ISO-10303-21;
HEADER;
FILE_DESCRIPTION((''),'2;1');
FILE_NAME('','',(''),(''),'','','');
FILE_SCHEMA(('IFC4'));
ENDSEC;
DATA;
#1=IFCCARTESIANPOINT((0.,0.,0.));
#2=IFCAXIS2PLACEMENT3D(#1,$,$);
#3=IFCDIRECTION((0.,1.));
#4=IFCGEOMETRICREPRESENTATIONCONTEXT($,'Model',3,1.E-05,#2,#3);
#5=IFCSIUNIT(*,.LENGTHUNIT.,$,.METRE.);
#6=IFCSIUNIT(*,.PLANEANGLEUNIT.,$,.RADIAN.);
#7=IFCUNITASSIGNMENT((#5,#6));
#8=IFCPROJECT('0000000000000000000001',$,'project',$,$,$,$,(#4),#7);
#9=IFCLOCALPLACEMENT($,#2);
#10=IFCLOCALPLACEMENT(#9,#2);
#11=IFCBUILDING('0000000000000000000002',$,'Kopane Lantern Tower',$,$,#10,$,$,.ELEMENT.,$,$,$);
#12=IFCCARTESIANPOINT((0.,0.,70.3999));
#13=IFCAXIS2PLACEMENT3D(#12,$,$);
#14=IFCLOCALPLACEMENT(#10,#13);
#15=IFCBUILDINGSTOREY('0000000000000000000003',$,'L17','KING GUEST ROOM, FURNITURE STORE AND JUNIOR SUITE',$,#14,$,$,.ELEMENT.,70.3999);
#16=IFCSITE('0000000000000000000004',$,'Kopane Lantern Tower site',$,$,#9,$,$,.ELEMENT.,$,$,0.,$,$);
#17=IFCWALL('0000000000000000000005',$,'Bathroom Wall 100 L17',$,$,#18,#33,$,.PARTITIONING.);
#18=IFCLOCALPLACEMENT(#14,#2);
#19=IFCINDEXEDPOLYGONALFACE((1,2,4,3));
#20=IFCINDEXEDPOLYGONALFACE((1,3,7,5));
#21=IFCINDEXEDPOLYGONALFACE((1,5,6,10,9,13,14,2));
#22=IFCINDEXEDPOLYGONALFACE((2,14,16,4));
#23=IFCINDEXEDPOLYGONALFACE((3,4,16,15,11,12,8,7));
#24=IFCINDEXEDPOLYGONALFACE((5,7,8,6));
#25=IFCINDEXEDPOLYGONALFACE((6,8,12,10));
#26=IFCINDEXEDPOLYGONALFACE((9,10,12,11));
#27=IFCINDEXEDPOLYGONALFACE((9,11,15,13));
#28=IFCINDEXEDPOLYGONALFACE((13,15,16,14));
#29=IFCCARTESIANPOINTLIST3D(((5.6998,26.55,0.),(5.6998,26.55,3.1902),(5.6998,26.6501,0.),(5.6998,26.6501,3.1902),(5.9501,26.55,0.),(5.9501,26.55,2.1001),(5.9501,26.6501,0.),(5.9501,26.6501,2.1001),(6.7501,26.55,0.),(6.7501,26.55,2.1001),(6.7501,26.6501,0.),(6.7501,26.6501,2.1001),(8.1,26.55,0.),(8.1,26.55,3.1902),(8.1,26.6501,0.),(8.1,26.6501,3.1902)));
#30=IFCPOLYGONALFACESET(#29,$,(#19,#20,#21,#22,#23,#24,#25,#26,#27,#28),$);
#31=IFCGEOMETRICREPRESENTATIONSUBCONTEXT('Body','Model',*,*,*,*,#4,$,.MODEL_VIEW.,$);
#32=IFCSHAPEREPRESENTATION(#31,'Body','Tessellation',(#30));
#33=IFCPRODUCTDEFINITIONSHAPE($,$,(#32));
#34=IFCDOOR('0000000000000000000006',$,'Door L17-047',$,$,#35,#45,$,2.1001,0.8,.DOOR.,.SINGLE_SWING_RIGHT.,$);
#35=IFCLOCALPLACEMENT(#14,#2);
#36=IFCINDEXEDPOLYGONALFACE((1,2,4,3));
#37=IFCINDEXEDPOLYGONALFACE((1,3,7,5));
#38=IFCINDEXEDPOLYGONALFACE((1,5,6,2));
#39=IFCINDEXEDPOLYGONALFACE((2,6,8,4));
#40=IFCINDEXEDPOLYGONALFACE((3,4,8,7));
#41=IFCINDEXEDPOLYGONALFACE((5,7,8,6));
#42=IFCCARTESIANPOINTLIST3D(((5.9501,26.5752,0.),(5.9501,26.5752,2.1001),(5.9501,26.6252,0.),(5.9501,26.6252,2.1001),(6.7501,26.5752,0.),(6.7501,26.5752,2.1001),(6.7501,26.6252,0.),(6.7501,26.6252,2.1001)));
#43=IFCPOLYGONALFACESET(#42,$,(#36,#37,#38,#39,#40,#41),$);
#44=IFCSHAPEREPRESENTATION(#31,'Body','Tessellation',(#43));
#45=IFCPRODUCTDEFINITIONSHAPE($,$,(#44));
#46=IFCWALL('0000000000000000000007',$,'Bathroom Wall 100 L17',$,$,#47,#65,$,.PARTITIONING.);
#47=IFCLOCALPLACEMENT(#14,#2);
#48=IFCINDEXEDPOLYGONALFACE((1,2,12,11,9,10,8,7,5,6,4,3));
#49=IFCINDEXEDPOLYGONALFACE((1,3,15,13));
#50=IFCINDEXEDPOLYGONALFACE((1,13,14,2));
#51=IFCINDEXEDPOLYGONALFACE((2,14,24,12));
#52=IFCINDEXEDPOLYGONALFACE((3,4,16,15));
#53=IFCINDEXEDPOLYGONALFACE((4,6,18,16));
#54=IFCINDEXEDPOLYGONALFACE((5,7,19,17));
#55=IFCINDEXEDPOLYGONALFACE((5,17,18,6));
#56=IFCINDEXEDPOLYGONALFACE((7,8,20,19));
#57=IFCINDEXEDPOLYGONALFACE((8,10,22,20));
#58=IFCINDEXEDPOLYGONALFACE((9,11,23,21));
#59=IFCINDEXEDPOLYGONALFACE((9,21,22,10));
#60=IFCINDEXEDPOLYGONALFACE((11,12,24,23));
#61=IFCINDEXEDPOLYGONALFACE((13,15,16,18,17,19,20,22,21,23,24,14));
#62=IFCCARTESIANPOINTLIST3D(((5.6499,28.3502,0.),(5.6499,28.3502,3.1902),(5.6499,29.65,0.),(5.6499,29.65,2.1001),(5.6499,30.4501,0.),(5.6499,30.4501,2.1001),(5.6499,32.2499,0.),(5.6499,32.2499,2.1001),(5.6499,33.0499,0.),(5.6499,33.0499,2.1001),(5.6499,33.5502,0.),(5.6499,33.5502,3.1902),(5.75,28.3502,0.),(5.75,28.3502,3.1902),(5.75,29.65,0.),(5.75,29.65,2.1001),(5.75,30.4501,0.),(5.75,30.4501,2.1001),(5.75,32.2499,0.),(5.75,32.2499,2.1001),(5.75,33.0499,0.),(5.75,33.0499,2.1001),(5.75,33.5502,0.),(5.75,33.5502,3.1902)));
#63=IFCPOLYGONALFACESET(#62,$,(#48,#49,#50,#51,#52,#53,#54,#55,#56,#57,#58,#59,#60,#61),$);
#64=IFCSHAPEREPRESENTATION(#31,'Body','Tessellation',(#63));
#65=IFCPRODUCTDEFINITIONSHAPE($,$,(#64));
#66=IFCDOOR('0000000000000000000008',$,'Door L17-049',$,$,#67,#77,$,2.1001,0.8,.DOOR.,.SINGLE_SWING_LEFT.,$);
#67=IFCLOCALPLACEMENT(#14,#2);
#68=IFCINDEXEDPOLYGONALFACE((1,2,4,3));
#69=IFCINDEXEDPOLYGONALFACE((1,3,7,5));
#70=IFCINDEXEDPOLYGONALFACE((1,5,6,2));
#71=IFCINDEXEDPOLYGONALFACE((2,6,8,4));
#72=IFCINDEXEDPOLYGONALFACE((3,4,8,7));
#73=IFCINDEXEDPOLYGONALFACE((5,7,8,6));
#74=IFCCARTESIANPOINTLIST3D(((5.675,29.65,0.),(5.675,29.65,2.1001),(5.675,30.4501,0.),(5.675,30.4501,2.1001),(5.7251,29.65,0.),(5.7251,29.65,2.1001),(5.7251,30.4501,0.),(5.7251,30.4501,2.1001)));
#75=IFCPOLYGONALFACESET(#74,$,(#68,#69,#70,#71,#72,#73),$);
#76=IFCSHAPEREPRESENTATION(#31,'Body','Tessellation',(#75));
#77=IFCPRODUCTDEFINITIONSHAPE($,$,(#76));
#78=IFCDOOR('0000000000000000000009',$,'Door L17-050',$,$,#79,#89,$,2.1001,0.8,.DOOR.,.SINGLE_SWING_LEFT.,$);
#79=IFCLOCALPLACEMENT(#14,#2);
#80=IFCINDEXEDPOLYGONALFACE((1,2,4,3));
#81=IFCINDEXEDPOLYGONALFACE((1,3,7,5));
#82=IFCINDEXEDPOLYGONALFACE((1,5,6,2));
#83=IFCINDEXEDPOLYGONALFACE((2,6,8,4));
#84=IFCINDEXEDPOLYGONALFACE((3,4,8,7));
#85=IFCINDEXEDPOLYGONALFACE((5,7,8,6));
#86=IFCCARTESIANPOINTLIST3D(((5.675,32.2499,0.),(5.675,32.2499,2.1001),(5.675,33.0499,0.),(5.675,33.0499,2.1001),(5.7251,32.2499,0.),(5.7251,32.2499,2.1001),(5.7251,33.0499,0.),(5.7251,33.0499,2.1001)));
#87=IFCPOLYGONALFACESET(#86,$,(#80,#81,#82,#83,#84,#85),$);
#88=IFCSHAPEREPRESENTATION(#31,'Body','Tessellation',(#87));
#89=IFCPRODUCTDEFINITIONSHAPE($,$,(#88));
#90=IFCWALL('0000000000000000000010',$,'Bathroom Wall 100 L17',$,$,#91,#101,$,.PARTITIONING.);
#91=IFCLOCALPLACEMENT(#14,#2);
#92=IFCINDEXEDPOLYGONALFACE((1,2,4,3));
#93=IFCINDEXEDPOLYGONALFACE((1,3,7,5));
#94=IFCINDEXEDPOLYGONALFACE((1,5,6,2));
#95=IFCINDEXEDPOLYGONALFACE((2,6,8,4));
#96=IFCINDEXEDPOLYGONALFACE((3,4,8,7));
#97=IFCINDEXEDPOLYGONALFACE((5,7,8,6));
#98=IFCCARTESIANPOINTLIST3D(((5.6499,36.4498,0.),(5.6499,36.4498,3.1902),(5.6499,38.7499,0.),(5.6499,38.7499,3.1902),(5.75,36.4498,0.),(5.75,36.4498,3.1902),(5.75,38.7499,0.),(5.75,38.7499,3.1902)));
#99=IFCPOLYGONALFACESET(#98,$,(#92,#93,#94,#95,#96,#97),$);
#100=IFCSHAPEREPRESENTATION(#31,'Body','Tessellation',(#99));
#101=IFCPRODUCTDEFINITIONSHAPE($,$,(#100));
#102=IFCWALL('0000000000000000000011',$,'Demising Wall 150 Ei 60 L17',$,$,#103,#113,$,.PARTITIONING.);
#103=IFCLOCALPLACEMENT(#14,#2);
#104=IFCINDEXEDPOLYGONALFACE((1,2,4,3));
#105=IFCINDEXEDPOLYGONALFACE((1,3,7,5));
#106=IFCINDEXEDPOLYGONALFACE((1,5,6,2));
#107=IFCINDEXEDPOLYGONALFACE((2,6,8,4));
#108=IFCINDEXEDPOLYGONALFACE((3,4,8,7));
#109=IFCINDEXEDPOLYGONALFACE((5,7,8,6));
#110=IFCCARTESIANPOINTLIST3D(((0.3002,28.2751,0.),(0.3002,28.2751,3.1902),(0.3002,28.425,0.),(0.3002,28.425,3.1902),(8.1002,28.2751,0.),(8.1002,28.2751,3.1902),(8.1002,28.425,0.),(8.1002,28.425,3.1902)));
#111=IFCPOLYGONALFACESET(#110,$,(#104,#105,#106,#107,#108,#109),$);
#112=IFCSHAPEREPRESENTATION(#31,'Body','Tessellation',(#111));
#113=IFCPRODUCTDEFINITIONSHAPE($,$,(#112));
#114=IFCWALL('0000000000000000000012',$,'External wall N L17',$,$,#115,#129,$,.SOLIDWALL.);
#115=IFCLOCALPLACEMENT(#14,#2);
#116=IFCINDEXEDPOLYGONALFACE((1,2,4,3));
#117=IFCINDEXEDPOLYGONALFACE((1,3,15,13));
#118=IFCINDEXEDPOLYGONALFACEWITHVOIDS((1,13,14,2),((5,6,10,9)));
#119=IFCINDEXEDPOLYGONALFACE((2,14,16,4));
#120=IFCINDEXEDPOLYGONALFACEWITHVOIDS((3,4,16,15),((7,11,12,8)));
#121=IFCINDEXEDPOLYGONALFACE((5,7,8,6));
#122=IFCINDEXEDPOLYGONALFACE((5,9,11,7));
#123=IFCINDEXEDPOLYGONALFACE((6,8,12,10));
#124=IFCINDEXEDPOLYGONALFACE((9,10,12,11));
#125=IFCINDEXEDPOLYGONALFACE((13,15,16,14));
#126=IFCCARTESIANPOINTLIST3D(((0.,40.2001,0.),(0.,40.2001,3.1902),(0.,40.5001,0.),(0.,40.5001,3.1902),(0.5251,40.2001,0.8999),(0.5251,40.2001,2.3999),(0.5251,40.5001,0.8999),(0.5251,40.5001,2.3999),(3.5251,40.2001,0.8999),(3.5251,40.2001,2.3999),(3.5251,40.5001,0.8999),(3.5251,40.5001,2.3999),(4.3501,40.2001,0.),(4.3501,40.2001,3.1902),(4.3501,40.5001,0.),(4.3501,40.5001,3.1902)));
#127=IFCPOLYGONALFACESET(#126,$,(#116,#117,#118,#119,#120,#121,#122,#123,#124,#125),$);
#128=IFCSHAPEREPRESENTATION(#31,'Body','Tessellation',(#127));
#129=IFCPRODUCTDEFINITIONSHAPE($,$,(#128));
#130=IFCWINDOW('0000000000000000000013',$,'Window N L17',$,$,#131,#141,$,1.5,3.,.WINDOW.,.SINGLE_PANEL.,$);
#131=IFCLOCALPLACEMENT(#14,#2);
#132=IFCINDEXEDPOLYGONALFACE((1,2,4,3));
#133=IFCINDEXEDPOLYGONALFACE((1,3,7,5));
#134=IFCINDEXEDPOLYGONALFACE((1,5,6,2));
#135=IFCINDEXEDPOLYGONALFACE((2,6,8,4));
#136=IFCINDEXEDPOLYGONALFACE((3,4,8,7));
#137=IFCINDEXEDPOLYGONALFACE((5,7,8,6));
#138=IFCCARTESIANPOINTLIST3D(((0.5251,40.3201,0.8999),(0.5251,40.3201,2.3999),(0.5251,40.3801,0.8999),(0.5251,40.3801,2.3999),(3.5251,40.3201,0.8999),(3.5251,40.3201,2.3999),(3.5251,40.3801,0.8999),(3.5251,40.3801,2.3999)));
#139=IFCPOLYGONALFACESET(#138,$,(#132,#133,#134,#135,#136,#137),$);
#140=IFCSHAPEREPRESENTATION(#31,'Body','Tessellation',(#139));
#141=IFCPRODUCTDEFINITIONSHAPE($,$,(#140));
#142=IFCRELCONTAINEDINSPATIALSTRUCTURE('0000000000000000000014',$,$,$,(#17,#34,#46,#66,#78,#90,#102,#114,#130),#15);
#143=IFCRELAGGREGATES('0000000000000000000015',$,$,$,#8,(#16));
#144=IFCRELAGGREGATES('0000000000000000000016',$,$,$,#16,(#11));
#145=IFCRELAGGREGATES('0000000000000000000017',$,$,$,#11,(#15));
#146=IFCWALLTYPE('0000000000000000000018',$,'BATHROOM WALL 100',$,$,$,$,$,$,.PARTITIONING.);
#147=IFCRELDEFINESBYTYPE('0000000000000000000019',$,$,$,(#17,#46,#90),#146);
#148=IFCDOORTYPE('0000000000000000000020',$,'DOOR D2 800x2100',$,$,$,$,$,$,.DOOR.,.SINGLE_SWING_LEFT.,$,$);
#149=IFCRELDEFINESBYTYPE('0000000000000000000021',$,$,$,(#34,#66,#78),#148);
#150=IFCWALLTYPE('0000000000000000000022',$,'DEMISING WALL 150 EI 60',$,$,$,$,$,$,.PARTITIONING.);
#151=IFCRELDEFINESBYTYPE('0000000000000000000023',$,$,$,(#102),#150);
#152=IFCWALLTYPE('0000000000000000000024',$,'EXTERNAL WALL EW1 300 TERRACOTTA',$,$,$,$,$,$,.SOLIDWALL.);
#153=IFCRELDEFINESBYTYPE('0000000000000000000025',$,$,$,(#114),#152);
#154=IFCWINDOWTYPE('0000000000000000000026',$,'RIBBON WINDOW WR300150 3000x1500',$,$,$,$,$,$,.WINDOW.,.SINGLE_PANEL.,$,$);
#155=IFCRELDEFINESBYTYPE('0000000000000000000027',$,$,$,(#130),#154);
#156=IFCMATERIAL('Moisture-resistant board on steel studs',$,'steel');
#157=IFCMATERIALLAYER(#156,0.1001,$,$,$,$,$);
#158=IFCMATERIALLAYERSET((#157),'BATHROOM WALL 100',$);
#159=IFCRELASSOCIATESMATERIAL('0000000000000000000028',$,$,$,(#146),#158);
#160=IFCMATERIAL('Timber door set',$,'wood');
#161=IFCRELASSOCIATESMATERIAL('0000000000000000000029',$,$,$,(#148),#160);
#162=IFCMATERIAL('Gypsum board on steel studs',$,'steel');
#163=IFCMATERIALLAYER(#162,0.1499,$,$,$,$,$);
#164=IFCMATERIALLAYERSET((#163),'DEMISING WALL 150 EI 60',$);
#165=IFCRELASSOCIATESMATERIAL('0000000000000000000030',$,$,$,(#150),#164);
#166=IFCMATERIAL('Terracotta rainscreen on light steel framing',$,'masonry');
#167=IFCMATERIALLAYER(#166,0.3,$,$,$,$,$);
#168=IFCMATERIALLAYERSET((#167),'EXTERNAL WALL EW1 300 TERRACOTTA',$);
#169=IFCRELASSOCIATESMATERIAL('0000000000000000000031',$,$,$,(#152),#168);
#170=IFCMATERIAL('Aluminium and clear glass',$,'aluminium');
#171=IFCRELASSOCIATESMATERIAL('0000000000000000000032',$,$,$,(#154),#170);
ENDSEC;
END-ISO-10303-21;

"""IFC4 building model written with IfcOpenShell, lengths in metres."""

from ifc_helpers import new_model, si_unit, direction, frame, frame_2d, origin, place, context, subcontext, project, spatial, rectangle, extrude, material, layer, layer_set, type_object, element, fill, save


model = new_model("IFC4")

# Units and contexts
model_context = context("Model", 3, precision=1e-05, world=origin(), true_north=direction((0.0, 1.0)))
body_context = subcontext(model_context, "Body", "Model", "MODEL_VIEW")
ifc_project = project(units=[si_unit("LENGTHUNIT", "METRE"), si_unit("PLANEANGLEUNIT", "RADIAN")], contexts=[model_context])

# Site, building, storey
site_placement = place(None, origin())
site = spatial("IfcSite", under=ifc_project, at=site_placement, Name="Kopane Lantern Tower site", CompositionType="ELEMENT", RefElevation=0.0)
building_placement = place(site_placement, origin())
building = spatial("IfcBuilding", under=site, at=building_placement, Name="Kopane Lantern Tower", CompositionType="ELEMENT")
storey_placement = place(building_placement, frame((0.0, 0.0, 70.3999)))
storey = spatial("IfcBuildingStorey", under=building, at=storey_placement, Name="L17", Description="KING GUEST ROOM, FURNITURE STORE AND JUNIOR SUITE", CompositionType="ELEMENT", Elevation=70.3999)

# Wall, opening, door
ifc_material_1 = material(Name="Moisture-resistant board on steel studs", Category="steel")
ifc_layer_1 = layer(ifc_material_1, 0.1001)
ifc_layer_set_1 = layer_set([ifc_layer_1], Name="BATHROOM WALL 100")
wall_type_1 = type_object("IfcWallType", Name="BATHROOM WALL 100", PredefinedType="PARTITIONING", material=ifc_layer_set_1)
wall_1_placement = place(storey_placement, frame((8.1001, 26.6001, 0.0), z_axis=(0.0, 0.0, 1.0), x_axis=(-1.0, 0.0, 0.0)))
wall_1 = element("IfcWall", 1, at=wall_1_placement, inside=storey, type_object=wall_type_1, Name="Bathroom Wall 100 L17", PredefinedType="PARTITIONING", context=body_context, shape_type="SweptSolid", body=[
    extrude(rectangle(XDim=2.4001, YDim=0.1001, at=frame_2d((1.2002, 0.0))), origin(), (0.0, 0.0, 1.0), 3.1902),
])
opening_1_placement = place(wall_1_placement, frame((1.3501, 0.0, 0.0)))
opening_1 = element("IfcOpeningElement", 2, at=opening_1_placement, cuts=wall_1, PredefinedType="OPENING", context=body_context, shape_type="SweptSolid", body=[
    extrude(rectangle(XDim=0.8, YDim=2.1001, at=frame_2d((0.3999, 1.05))), frame((0.0, 0.0601, 0.0), z_axis=(0.0, -1.0, 0.0), x_axis=(1.0, 0.0, 0.0)), (0.0, 0.0, 1.0), 0.1201),
])
ifc_material_2 = material(Name="Timber door set", Category="wood")
door_type = type_object("IfcDoorType", Name="DOOR D2 800x2100", OperationType="SINGLE_SWING_LEFT", PredefinedType="DOOR", material=ifc_material_2)
door_1_placement = place(opening_1_placement, origin())
door_1 = element("IfcDoor", 3, at=door_1_placement, inside=storey, type_object=door_type, Name="Door L17-047", OperationType="SINGLE_SWING_RIGHT", OverallHeight=2.1001, OverallWidth=0.8, PredefinedType="DOOR", context=body_context, shape_type="SweptSolid", body=[
    extrude(rectangle(XDim=0.8, YDim=2.1001, at=frame_2d((0.3999, 1.05))), frame((0.0, 0.0249, 0.0), z_axis=(0.0, -1.0, 0.0), x_axis=(1.0, 0.0, 0.0)), (0.0, 0.0, 1.0), 0.05),
])
fill(opening_1, door_1)

# Wall, openings, doors
wall_2_placement = place(storey_placement, frame((5.7, 28.3501, 0.0), z_axis=(0.0, 0.0, 1.0), x_axis=(0.0, 1.0, 0.0)))
wall_2 = element("IfcWall", 4, at=wall_2_placement, inside=storey, type_object=wall_type_1, Name="Bathroom Wall 100 L17", PredefinedType="PARTITIONING", context=body_context, shape_type="SweptSolid", body=[
    extrude(rectangle(XDim=5.2, YDim=0.1001, at=frame_2d((2.6001, 0.0))), origin(), (0.0, 0.0, 1.0), 3.1902),
])
opening_2_placement = place(wall_2_placement, frame((1.3, 0.0, 0.0)))
opening_2 = element("IfcOpeningElement", 5, at=opening_2_placement, cuts=wall_2, PredefinedType="OPENING", context=body_context, shape_type="SweptSolid", body=[
    extrude(rectangle(XDim=0.8, YDim=2.1001, at=frame_2d((0.3999, 1.05))), frame((0.0, 0.0601, 0.0), z_axis=(0.0, -1.0, 0.0), x_axis=(1.0, 0.0, 0.0)), (0.0, 0.0, 1.0), 0.1201),
])
opening_3_placement = place(wall_2_placement, frame((3.8999, 0.0, 0.0)))
opening_3 = element("IfcOpeningElement", 6, at=opening_3_placement, cuts=wall_2, PredefinedType="OPENING", context=body_context, shape_type="SweptSolid", body=[
    extrude(rectangle(XDim=0.8, YDim=2.1001, at=frame_2d((0.3999, 1.05))), frame((0.0, 0.0601, 0.0), z_axis=(0.0, -1.0, 0.0), x_axis=(1.0, 0.0, 0.0)), (0.0, 0.0, 1.0), 0.1201),
])
door_2_placement = place(opening_2_placement, origin())
door_2 = element("IfcDoor", 7, at=door_2_placement, inside=storey, type_object=door_type, Name="Door L17-049", OperationType="SINGLE_SWING_LEFT", OverallHeight=2.1001, OverallWidth=0.8, PredefinedType="DOOR", context=body_context, shape_type="SweptSolid", body=[
    extrude(rectangle(XDim=0.8, YDim=2.1001, at=frame_2d((0.3999, 1.05))), frame((0.0, 0.0249, 0.0), z_axis=(0.0, -1.0, 0.0), x_axis=(1.0, 0.0, 0.0)), (0.0, 0.0, 1.0), 0.05),
])
fill(opening_2, door_2)
door_3_placement = place(opening_3_placement, origin())
door_3 = element("IfcDoor", 8, at=door_3_placement, inside=storey, type_object=door_type, Name="Door L17-050", OperationType="SINGLE_SWING_LEFT", OverallHeight=2.1001, OverallWidth=0.8, PredefinedType="DOOR", context=body_context, shape_type="SweptSolid", body=[
    extrude(rectangle(XDim=0.8, YDim=2.1001, at=frame_2d((0.3999, 1.05))), frame((0.0, 0.0249, 0.0), z_axis=(0.0, -1.0, 0.0), x_axis=(1.0, 0.0, 0.0)), (0.0, 0.0, 1.0), 0.05),
])
fill(opening_3, door_3)

# Walls
wall_3_placement = place(storey_placement, frame((5.7, 36.45, 0.0), z_axis=(0.0, 0.0, 1.0), x_axis=(0.0, 1.0, 0.0)))
element("IfcWall", 9, at=wall_3_placement, inside=storey, type_object=wall_type_1, Name="Bathroom Wall 100 L17", PredefinedType="PARTITIONING", context=body_context, shape_type="SweptSolid", body=[
    extrude(rectangle(XDim=2.3, YDim=0.1001, at=frame_2d((1.1499, 0.0))), origin(), (0.0, 0.0, 1.0), 3.1902),
])
ifc_material_3 = material(Name="Gypsum board on steel studs", Category="steel")
ifc_layer_2 = layer(ifc_material_3, 0.1499)
ifc_layer_set_2 = layer_set([ifc_layer_2], Name="DEMISING WALL 150 EI 60")
wall_type_2 = type_object("IfcWallType", Name="DEMISING WALL 150 EI 60", PredefinedType="PARTITIONING", material=ifc_layer_set_2)
wall_4_placement = place(storey_placement, frame((8.1001, 28.3501, 0.0), z_axis=(0.0, 0.0, 1.0), x_axis=(-1.0, 0.0, 0.0)))
element("IfcWall", 10, at=wall_4_placement, inside=storey, type_object=wall_type_2, Name="Demising Wall 150 Ei 60 L17", PredefinedType="PARTITIONING", context=body_context, shape_type="SweptSolid", body=[
    extrude(rectangle(XDim=7.8, YDim=0.1499, at=frame_2d((3.8999, 0.0))), origin(), (0.0, 0.0, 1.0), 3.1902),
])

# Wall, opening, window
ifc_material_4 = material(Name="Terracotta rainscreen on light steel framing", Category="masonry")
ifc_layer_3 = layer(ifc_material_4, 0.3)
ifc_layer_set_3 = layer_set([ifc_layer_3], Name="EXTERNAL WALL EW1 300 TERRACOTTA")
wall_type_3 = type_object("IfcWallType", Name="EXTERNAL WALL EW1 300 TERRACOTTA", PredefinedType="SOLIDWALL", material=ifc_layer_set_3)
wall_5_placement = place(storey_placement, frame((4.3501, 40.3501, 0.0), z_axis=(0.0, 0.0, 1.0), x_axis=(-1.0, 0.0, 0.0)))
wall_5 = element("IfcWall", 11, at=wall_5_placement, inside=storey, type_object=wall_type_3, Name="External wall N L17", PredefinedType="SOLIDWALL", context=body_context, shape_type="SweptSolid", body=[
    extrude(rectangle(XDim=4.3501, YDim=0.3, at=frame_2d((2.175, 0.0))), origin(), (0.0, 0.0, 1.0), 3.1902),
])
opening_4_placement = place(wall_5_placement, frame((0.825, 0.0, 0.8999)))
opening_4 = element("IfcOpeningElement", 12, at=opening_4_placement, cuts=wall_5, PredefinedType="OPENING", context=body_context, shape_type="SweptSolid", body=[
    extrude(rectangle(XDim=3.0, YDim=1.5, at=frame_2d((1.5, 0.75))), frame((0.0, 0.1599, 0.0), z_axis=(0.0, -1.0, 0.0), x_axis=(1.0, 0.0, 0.0)), (0.0, 0.0, 1.0), 0.3201),
])
ifc_material_5 = material(Name="Aluminium and clear glass", Category="aluminium")
window_type_1 = type_object("IfcWindowType", Name="RIBBON WINDOW WR300150 3000x1500", PartitioningType="SINGLE_PANEL", PredefinedType="WINDOW", material=ifc_material_5)
window_1_placement = place(opening_4_placement, origin())
window_1 = element("IfcWindow", 13, at=window_1_placement, inside=storey, type_object=window_type_1, Name="Window N L17", OverallHeight=1.5, OverallWidth=3.0, PartitioningType="SINGLE_PANEL", PredefinedType="WINDOW", context=body_context, shape_type="SweptSolid", body=[
    extrude(rectangle(XDim=3.0, YDim=1.5, at=frame_2d((1.5, 0.75))), frame((0.0, 0.03, 0.0), z_axis=(0.0, -1.0, 0.0), x_axis=(1.0, 0.0, 0.0)), (0.0, 0.0, 1.0), 0.0601),
])
fill(opening_4, window_1)

save(model, "model.ifc")
